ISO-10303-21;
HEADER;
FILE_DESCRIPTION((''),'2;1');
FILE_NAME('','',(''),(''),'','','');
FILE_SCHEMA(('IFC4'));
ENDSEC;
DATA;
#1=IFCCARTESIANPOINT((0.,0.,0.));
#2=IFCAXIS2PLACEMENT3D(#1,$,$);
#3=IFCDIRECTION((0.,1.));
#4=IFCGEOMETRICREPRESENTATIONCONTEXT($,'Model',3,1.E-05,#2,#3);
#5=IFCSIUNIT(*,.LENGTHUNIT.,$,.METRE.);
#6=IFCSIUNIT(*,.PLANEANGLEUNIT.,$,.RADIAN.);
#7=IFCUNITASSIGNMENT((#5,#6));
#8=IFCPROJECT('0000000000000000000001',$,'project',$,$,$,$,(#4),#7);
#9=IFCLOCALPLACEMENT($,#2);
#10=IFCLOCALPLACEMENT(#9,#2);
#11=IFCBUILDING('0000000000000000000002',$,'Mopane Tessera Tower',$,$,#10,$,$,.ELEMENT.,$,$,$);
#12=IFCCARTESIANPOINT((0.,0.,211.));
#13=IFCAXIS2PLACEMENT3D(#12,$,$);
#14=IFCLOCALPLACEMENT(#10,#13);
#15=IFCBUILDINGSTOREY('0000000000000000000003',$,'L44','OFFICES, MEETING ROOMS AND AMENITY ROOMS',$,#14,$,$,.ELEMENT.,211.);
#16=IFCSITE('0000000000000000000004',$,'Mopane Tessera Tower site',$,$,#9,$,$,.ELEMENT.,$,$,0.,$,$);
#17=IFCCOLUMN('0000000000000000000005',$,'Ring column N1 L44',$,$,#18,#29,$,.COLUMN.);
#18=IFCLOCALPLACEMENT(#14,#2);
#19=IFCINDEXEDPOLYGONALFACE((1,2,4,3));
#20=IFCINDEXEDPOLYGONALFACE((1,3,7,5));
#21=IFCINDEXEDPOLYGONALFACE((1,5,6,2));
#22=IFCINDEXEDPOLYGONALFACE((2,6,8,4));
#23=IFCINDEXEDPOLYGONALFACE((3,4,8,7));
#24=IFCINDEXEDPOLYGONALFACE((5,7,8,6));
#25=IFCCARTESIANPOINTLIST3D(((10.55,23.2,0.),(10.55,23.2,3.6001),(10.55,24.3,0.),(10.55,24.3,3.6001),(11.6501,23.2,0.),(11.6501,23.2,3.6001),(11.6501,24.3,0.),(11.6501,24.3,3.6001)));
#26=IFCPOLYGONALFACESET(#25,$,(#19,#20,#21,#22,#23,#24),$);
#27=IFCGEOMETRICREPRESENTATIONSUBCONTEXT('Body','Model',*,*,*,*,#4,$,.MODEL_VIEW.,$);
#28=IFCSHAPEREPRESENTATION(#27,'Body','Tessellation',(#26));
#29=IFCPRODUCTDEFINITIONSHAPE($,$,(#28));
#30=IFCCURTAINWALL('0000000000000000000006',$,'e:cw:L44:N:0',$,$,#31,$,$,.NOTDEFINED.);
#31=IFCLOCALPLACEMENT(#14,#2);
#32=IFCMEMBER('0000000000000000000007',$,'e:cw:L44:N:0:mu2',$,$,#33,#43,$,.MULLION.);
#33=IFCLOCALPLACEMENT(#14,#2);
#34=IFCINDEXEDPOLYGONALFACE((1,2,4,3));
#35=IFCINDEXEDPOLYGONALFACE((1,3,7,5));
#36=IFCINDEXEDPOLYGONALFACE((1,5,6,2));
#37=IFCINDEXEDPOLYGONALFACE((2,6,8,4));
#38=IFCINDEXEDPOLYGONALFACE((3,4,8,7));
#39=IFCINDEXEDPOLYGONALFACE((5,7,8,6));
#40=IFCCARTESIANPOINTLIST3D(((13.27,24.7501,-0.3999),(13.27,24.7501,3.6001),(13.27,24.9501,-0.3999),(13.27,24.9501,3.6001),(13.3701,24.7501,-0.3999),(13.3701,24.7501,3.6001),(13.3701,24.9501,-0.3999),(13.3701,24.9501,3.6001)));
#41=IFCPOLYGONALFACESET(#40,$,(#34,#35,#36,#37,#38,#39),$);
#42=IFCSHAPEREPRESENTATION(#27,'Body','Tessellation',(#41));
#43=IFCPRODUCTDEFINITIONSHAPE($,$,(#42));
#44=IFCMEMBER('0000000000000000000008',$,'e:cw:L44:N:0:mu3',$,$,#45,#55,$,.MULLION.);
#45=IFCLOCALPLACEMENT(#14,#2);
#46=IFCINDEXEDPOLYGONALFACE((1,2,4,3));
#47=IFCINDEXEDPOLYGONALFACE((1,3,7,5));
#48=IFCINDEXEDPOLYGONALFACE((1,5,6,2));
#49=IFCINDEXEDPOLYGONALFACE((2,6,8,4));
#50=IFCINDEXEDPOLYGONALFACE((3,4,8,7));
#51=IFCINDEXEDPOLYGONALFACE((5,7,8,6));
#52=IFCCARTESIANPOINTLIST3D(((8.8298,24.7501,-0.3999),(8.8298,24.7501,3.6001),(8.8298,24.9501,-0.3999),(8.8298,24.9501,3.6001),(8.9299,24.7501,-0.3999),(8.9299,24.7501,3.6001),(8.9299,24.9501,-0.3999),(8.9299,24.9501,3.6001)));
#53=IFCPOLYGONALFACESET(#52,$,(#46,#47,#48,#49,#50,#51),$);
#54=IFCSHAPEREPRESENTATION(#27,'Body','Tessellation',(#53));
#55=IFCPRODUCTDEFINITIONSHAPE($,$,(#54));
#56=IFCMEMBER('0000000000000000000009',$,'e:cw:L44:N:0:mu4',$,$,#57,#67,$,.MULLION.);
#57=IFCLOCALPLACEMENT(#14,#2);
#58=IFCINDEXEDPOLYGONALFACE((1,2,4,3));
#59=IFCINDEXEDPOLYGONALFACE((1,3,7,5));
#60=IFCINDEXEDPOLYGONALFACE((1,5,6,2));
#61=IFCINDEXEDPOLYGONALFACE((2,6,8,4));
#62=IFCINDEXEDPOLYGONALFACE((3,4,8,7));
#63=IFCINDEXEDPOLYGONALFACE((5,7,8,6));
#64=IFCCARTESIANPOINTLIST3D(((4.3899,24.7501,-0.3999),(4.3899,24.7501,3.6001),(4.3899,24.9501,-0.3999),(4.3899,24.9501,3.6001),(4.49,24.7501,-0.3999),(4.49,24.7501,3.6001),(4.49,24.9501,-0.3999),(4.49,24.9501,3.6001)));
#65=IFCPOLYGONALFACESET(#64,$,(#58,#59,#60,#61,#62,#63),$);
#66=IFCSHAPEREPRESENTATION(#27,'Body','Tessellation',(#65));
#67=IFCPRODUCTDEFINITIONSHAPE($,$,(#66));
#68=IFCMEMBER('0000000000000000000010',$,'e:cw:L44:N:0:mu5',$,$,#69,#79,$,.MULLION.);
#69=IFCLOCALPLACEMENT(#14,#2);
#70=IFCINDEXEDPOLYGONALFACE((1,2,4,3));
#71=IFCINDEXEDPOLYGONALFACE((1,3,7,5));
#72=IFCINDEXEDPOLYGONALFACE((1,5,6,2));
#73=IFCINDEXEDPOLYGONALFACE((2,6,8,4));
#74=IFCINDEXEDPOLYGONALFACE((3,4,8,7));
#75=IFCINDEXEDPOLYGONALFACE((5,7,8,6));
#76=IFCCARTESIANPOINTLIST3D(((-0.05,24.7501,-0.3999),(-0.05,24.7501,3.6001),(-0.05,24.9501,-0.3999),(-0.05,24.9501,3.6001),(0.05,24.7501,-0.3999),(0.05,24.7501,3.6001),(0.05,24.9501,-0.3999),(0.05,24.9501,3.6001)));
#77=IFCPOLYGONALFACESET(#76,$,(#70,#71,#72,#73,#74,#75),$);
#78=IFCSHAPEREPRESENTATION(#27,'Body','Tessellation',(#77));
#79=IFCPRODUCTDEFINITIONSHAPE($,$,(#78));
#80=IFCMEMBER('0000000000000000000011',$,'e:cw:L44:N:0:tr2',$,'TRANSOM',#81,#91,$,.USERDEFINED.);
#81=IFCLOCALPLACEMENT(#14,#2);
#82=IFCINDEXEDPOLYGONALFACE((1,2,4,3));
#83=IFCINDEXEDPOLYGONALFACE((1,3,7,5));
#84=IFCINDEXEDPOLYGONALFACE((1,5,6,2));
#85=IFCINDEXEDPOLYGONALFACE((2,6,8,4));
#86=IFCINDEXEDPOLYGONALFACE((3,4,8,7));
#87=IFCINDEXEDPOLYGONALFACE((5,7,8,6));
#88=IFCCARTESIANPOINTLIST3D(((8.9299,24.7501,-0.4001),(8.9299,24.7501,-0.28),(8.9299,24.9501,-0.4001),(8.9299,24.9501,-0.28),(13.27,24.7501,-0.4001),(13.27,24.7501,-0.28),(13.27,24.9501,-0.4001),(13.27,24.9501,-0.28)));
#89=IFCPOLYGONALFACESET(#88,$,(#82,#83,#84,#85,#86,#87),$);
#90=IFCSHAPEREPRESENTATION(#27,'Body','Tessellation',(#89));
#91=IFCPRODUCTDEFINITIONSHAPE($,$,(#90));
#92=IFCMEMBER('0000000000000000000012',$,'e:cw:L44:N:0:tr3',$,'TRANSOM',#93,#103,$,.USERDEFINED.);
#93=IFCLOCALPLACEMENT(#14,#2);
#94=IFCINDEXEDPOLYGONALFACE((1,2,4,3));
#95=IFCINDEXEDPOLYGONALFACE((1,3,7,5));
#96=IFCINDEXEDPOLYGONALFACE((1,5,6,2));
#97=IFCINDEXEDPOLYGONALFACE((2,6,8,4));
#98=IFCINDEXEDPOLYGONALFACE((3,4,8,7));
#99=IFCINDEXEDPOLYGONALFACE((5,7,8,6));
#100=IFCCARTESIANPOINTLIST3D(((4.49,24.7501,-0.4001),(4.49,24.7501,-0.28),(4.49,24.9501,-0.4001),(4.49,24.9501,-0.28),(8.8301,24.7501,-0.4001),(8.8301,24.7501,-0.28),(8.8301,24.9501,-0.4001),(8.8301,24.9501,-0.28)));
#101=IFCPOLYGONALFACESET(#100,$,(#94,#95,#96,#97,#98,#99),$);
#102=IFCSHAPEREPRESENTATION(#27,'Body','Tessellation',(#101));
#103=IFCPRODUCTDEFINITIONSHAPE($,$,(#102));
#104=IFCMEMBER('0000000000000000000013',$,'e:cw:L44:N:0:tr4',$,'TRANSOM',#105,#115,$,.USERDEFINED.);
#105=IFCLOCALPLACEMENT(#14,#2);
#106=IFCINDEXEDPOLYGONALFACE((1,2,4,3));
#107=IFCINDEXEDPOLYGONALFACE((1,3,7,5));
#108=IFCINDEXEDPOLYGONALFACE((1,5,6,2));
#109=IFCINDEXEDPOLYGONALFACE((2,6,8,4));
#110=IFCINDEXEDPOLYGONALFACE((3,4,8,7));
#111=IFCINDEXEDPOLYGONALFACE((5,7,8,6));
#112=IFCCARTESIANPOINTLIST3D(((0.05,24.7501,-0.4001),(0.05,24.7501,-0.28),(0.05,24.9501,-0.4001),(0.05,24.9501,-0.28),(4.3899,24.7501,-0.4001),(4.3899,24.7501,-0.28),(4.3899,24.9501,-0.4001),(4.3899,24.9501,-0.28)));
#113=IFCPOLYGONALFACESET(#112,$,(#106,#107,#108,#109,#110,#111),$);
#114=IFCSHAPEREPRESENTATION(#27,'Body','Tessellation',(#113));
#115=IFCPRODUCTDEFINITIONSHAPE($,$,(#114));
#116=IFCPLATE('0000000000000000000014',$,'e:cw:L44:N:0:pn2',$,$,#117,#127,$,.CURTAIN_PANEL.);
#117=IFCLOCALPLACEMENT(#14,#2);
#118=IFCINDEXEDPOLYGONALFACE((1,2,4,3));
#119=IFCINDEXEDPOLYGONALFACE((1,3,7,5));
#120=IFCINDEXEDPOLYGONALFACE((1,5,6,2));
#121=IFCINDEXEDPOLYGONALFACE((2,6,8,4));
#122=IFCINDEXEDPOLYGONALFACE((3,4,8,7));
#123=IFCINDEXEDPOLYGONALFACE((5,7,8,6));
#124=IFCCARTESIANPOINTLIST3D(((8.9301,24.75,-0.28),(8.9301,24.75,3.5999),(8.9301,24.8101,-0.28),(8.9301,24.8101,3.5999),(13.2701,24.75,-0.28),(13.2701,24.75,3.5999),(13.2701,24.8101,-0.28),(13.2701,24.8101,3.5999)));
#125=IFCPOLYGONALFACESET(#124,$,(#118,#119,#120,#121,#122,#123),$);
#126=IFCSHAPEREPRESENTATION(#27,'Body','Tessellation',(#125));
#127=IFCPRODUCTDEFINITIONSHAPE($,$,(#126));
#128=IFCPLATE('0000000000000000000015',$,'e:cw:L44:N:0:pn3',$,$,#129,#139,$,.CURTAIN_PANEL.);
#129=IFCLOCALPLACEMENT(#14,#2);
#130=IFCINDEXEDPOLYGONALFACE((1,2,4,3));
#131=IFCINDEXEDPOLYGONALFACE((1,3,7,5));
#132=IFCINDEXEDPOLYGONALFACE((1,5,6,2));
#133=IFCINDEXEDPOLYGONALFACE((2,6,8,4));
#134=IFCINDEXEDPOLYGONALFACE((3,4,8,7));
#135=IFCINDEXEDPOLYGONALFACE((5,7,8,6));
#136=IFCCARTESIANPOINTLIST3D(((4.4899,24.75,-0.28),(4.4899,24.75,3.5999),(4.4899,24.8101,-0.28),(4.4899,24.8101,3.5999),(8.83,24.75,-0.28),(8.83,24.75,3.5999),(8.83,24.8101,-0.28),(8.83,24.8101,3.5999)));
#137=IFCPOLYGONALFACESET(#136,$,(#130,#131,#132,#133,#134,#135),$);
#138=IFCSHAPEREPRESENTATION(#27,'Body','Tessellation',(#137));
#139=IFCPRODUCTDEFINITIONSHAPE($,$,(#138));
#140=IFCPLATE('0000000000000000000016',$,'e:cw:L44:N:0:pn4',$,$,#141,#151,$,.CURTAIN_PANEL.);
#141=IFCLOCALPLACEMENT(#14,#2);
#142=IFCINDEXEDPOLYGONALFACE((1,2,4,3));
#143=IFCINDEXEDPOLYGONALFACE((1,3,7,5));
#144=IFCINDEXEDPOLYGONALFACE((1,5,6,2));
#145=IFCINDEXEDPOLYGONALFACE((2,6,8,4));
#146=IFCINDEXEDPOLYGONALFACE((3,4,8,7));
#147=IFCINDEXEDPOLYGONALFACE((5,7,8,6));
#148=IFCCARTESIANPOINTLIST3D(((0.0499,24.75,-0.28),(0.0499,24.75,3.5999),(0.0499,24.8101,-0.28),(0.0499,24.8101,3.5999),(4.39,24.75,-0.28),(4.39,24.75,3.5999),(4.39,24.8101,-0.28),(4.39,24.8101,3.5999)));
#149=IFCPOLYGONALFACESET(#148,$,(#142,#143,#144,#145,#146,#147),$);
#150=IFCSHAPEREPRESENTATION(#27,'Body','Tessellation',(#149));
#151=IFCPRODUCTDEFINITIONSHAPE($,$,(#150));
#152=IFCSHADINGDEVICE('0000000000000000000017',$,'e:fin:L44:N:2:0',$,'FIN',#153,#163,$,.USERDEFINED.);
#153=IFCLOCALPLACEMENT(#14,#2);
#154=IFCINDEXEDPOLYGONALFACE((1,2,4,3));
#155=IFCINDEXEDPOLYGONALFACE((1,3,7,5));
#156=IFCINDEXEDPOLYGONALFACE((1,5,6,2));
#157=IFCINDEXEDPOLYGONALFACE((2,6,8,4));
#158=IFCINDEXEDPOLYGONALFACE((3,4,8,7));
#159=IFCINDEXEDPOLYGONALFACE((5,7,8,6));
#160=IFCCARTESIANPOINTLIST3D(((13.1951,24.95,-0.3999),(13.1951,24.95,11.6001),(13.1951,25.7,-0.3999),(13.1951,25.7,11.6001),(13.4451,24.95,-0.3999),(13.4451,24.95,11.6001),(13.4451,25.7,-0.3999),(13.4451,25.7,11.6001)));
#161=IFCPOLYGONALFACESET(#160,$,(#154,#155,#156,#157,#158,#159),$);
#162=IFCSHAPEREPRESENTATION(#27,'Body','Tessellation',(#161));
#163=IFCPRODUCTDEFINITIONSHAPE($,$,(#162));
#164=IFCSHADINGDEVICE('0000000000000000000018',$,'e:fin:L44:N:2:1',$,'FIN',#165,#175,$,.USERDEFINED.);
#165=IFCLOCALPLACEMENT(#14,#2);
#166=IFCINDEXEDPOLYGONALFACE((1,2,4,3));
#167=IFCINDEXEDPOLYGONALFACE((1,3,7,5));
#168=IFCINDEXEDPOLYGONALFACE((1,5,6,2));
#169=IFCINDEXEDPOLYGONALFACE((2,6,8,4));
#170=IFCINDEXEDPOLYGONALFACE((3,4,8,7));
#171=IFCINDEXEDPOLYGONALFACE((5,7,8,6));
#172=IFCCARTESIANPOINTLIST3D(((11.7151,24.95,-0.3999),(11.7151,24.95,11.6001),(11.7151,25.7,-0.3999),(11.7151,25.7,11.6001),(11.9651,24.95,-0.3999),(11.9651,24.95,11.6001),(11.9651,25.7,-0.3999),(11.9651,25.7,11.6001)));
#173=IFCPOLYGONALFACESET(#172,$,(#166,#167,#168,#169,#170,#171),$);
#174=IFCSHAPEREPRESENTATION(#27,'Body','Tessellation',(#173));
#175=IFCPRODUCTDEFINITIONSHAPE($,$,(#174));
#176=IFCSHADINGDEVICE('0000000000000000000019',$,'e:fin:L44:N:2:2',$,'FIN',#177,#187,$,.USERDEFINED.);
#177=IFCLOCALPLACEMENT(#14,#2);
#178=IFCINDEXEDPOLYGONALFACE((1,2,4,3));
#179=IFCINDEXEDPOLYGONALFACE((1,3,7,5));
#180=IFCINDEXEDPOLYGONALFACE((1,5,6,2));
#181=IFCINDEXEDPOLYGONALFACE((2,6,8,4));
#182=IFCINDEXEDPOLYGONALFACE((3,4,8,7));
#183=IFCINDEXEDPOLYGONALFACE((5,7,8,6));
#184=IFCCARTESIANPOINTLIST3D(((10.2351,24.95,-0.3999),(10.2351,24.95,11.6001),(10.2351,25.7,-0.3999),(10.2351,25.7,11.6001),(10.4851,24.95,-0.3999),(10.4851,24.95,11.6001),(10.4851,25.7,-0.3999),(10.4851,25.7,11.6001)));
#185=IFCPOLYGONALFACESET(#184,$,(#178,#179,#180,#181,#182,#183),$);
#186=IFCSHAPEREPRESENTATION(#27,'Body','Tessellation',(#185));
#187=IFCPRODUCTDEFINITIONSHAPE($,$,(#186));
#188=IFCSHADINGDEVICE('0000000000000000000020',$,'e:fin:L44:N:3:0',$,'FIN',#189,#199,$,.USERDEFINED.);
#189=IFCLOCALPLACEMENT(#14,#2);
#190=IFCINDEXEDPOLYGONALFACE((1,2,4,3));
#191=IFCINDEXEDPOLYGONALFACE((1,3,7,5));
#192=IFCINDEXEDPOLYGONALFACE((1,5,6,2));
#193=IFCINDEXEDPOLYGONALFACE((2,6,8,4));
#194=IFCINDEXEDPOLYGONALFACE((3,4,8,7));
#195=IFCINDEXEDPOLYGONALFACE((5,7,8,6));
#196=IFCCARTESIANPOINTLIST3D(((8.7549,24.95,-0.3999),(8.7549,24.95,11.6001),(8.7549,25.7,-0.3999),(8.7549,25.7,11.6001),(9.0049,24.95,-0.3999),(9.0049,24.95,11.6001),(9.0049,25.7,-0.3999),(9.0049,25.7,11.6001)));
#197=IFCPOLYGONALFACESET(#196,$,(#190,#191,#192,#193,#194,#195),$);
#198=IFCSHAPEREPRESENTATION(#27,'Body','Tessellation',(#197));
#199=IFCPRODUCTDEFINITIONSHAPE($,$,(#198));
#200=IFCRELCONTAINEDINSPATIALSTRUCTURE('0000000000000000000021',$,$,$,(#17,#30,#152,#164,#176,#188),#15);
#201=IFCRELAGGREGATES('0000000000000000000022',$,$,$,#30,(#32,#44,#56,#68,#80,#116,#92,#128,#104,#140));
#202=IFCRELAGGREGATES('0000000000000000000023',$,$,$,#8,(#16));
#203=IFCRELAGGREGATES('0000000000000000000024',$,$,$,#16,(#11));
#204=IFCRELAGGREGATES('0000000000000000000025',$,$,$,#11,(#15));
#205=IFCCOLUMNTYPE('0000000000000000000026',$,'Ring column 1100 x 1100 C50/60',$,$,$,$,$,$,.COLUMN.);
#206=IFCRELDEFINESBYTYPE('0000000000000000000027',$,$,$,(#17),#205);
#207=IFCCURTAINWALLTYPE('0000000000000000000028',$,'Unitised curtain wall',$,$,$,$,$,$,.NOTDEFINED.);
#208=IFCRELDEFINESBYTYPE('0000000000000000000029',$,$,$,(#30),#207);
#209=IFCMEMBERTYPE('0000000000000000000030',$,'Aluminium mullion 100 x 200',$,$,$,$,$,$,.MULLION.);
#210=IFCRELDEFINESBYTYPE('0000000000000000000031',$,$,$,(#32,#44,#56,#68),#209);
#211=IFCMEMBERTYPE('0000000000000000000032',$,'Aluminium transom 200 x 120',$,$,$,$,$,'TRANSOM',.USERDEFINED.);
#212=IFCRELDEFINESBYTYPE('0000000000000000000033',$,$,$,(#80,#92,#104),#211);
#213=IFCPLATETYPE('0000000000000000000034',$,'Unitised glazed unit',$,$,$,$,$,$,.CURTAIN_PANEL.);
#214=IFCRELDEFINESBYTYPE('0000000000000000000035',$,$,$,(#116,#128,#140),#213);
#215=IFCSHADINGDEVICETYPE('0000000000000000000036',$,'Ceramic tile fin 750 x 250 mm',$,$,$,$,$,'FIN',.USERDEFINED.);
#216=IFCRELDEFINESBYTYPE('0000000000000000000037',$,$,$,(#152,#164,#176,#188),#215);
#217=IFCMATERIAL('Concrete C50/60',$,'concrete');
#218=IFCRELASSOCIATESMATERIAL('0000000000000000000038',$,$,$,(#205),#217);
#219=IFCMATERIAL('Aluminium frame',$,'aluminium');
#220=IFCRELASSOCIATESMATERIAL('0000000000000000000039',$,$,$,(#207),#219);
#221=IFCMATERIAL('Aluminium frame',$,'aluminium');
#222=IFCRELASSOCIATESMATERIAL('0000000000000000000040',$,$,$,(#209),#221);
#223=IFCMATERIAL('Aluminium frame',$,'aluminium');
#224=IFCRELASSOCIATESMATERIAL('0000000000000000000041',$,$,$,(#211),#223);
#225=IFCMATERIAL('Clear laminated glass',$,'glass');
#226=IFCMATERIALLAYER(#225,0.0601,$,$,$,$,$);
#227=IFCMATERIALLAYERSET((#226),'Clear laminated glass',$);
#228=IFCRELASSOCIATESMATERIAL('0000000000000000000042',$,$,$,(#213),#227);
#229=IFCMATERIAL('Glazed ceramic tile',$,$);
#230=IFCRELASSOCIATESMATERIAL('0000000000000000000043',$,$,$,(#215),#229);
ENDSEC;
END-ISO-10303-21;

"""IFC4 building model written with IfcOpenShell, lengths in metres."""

from ifc_helpers import new_model, si_unit, direction, frame, origin, origin_2d, place, context, subcontext, project, spatial, rectangle, extrude, material, layer, layer_set, material_profile, profile_set, type_object, element, aggregate, save


model = new_model("IFC4")

# Units and contexts
model_context = context("Model", 3, precision=1e-05, world=origin(), true_north=direction((0.0, 1.0)))
body_context = subcontext(model_context, "Body", "Model", "MODEL_VIEW")
ifc_project = project(units=[si_unit("LENGTHUNIT", "METRE"), si_unit("PLANEANGLEUNIT", "RADIAN")], contexts=[model_context])

# Site, building, storey
site_placement = place(None, origin())
site = spatial("IfcSite", under=ifc_project, at=site_placement, Name="Mopane Tessera Tower site", CompositionType="ELEMENT", RefElevation=0.0)
building_placement = place(site_placement, origin())
building = spatial("IfcBuilding", under=site, at=building_placement, Name="Mopane Tessera Tower", CompositionType="ELEMENT")
storey_placement = place(building_placement, frame((0.0, 0.0, 211.0)))
storey = spatial("IfcBuildingStorey", under=building, at=storey_placement, Name="L44", Description="OFFICES, MEETING ROOMS AND AMENITY ROOMS", CompositionType="ELEMENT", Elevation=211.0)

# Column
ifc_material_1 = material(Name="Concrete C50/60", Category="concrete")
ifc_material_profile_1 = material_profile(ifc_material_1, rectangle(XDim=1.1001, YDim=1.1001, at=origin_2d()))
ifc_profile_set_1 = profile_set([ifc_material_profile_1], Name="Concrete C50/60")
column_type = type_object("IfcColumnType", Name="Ring column 1100 x 1100 C50/60", PredefinedType="COLUMN", material=ifc_profile_set_1)
column_placement = place(storey_placement, frame((11.1001, 23.75, 0.0), z_axis=(0.0, 0.0, 1.0), x_axis=(1.0, 0.0, 0.0)))
element("IfcColumn", 1, at=column_placement, inside=storey, type_object=column_type, Name="Ring column N1 L44", PredefinedType="COLUMN", context=body_context, shape_type="SweptSolid", body=[
    extrude(rectangle(XDim=1.1001, YDim=1.1001, at=origin_2d()), origin(), (0.0, 0.0, 1.0), 3.6001),
])

# Curtain wall, members, plates
ifc_material_2 = material(Name="Aluminium frame", Category="aluminium")
curtain_wall_type = type_object("IfcCurtainWallType", Name="Unitised curtain wall", PredefinedType="NOTDEFINED", material=ifc_material_2)
curtain_wall_placement = place(storey_placement, origin())
curtain_wall = element("IfcCurtainWall", 2, at=curtain_wall_placement, inside=storey, type_object=curtain_wall_type, Name="e:cw:L44:N:0", PredefinedType="NOTDEFINED")
ifc_material_3 = material(Name="Aluminium frame", Category="aluminium")
ifc_material_profile_2 = material_profile(ifc_material_3, rectangle(XDim=0.1001, YDim=0.2, at=origin_2d()))
ifc_profile_set_2 = profile_set([ifc_material_profile_2], Name="Aluminium frame")
member_type_1 = type_object("IfcMemberType", Name="Aluminium mullion 100 x 200", PredefinedType="MULLION", material=ifc_profile_set_2)
member_1_placement = place(storey_placement, frame((13.3201, 24.8501, -0.3999), z_axis=(0.0, 0.0, 1.0), x_axis=(-1.0, 0.0, 0.0)))
member_1 = element("IfcMember", 3, at=member_1_placement, type_object=member_type_1, Name="e:cw:L44:N:0:mu2", PredefinedType="MULLION", context=body_context, shape_type="SweptSolid", body=[
    extrude(rectangle(XDim=0.1001, YDim=0.2, at=origin_2d()), origin(), (0.0, 0.0, 1.0), 4.0),
])
member_2_placement = place(storey_placement, frame((8.8799, 24.8501, -0.3999), z_axis=(0.0, 0.0, 1.0), x_axis=(-1.0, 0.0, 0.0)))
member_2 = element("IfcMember", 4, at=member_2_placement, type_object=member_type_1, Name="e:cw:L44:N:0:mu3", PredefinedType="MULLION", context=body_context, shape_type="SweptSolid", body=[
    extrude(rectangle(XDim=0.1001, YDim=0.2, at=origin_2d()), origin(), (0.0, 0.0, 1.0), 4.0),
])
member_3_placement = place(storey_placement, frame((4.4399, 24.8501, -0.3999), z_axis=(0.0, 0.0, 1.0), x_axis=(-1.0, 0.0, 0.0)))
member_3 = element("IfcMember", 5, at=member_3_placement, type_object=member_type_1, Name="e:cw:L44:N:0:mu4", PredefinedType="MULLION", context=body_context, shape_type="SweptSolid", body=[
    extrude(rectangle(XDim=0.1001, YDim=0.2, at=origin_2d()), origin(), (0.0, 0.0, 1.0), 4.0),
])
member_4_placement = place(storey_placement, frame((0.0, 24.8501, -0.3999), z_axis=(0.0, 0.0, 1.0), x_axis=(-1.0, 0.0, 0.0)))
member_4 = element("IfcMember", 6, at=member_4_placement, type_object=member_type_1, Name="e:cw:L44:N:0:mu5", PredefinedType="MULLION", context=body_context, shape_type="SweptSolid", body=[
    extrude(rectangle(XDim=0.1001, YDim=0.2, at=origin_2d()), origin(), (0.0, 0.0, 1.0), 4.0),
])
ifc_material_4 = material(Name="Aluminium frame", Category="aluminium")
ifc_material_profile_3 = material_profile(ifc_material_4, rectangle(XDim=0.2, YDim=0.1201, at=origin_2d()))
ifc_profile_set_3 = profile_set([ifc_material_profile_3], Name="Aluminium frame")
member_type_2 = type_object("IfcMemberType", Name="Aluminium transom 200 x 120", ElementType="TRANSOM", PredefinedType="USERDEFINED", material=ifc_profile_set_3)
member_5_placement = place(storey_placement, frame((13.27, 24.8501, -0.3401), z_axis=(-1.0, 0.0, 0.0), x_axis=(0.0, -1.0, 0.0)))
member_5 = element("IfcMember", 7, at=member_5_placement, type_object=member_type_2, Name="e:cw:L44:N:0:tr2", ObjectType="TRANSOM", PredefinedType="USERDEFINED", context=body_context, shape_type="SweptSolid", body=[
    extrude(rectangle(XDim=0.2, YDim=0.1201, at=origin_2d()), origin(), (0.0, 0.0, 1.0), 4.3401),
])
member_6_placement = place(storey_placement, frame((8.8301, 24.8501, -0.3401), z_axis=(-1.0, 0.0, 0.0), x_axis=(0.0, -1.0, 0.0)))
member_6 = element("IfcMember", 8, at=member_6_placement, type_object=member_type_2, Name="e:cw:L44:N:0:tr3", ObjectType="TRANSOM", PredefinedType="USERDEFINED", context=body_context, shape_type="SweptSolid", body=[
    extrude(rectangle(XDim=0.2, YDim=0.1201, at=origin_2d()), origin(), (0.0, 0.0, 1.0), 4.3401),
])
member_7_placement = place(storey_placement, frame((4.3899, 24.8501, -0.3401), z_axis=(-1.0, 0.0, 0.0), x_axis=(0.0, -1.0, 0.0)))
member_7 = element("IfcMember", 9, at=member_7_placement, type_object=member_type_2, Name="e:cw:L44:N:0:tr4", ObjectType="TRANSOM", PredefinedType="USERDEFINED", context=body_context, shape_type="SweptSolid", body=[
    extrude(rectangle(XDim=0.2, YDim=0.1201, at=origin_2d()), origin(), (0.0, 0.0, 1.0), 4.3398),
])
ifc_material_5 = material(Name="Clear laminated glass", Category="glass")
ifc_layer = layer(ifc_material_5, 0.0601)
ifc_layer_set = layer_set([ifc_layer], Name="Clear laminated glass")
plate_type = type_object("IfcPlateType", Name="Unitised glazed unit", PredefinedType="CURTAIN_PANEL", material=ifc_layer_set)
plate_1_placement = place(storey_placement, frame((11.1001, 24.78, -0.28), z_axis=(0.0, 0.0, 1.0), x_axis=(-1.0, 0.0, 0.0)))
plate_1 = element("IfcPlate", 10, at=plate_1_placement, type_object=plate_type, Name="e:cw:L44:N:0:pn2", PredefinedType="CURTAIN_PANEL", context=body_context, shape_type="SweptSolid", body=[
    extrude(rectangle(XDim=4.3401, YDim=0.0601, at=origin_2d()), origin(), (0.0, 0.0, 1.0), 3.8799),
])
plate_2_placement = place(storey_placement, frame((6.6599, 24.78, -0.28), z_axis=(0.0, 0.0, 1.0), x_axis=(-1.0, 0.0, 0.0)))
plate_2 = element("IfcPlate", 11, at=plate_2_placement, type_object=plate_type, Name="e:cw:L44:N:0:pn3", PredefinedType="CURTAIN_PANEL", context=body_context, shape_type="SweptSolid", body=[
    extrude(rectangle(XDim=4.3401, YDim=0.0601, at=origin_2d()), origin(), (0.0, 0.0, 1.0), 3.8799),
])
plate_3_placement = place(storey_placement, frame((2.22, 24.78, -0.28), z_axis=(0.0, 0.0, 1.0), x_axis=(-1.0, 0.0, 0.0)))
plate_3 = element("IfcPlate", 12, at=plate_3_placement, type_object=plate_type, Name="e:cw:L44:N:0:pn4", PredefinedType="CURTAIN_PANEL", context=body_context, shape_type="SweptSolid", body=[
    extrude(rectangle(XDim=4.3401, YDim=0.0601, at=origin_2d()), origin(), (0.0, 0.0, 1.0), 3.8799),
])
aggregate(curtain_wall, [member_1, member_2, member_3, member_4, member_5, plate_1, member_6, plate_2, member_7, plate_3])

# Shading devices
ifc_material_6 = material(Name="Glazed ceramic tile")
shading_device_type = type_object("IfcShadingDeviceType", Name="Ceramic tile fin 750 x 250 mm", ElementType="FIN", PredefinedType="USERDEFINED", material=ifc_material_6)
for number, where, z_axis, x_axis, name in (
    (13, (13.3201, 25.325, -0.3999), (0.0, 0.0, 1.0), (-1.0, 0.0, 0.0), "e:fin:L44:N:2:0"),
    (14, (11.8401, 25.325, -0.3999), (0.0, 0.0, 1.0), (-1.0, 0.0, 0.0), "e:fin:L44:N:2:1"),
    (15, (10.3601, 25.325, -0.3999), (0.0, 0.0, 1.0), (-1.0, 0.0, 0.0), "e:fin:L44:N:2:2"),
    (16, (8.8799, 25.325, -0.3999), (0.0, 0.0, 1.0), (-1.0, 0.0, 0.0), "e:fin:L44:N:3:0"),
):
    element("IfcShadingDevice", number, at=place(storey_placement, frame(where, z_axis=z_axis, x_axis=x_axis)), inside=storey, type_object=shading_device_type, Name=name, ObjectType="FIN", PredefinedType="USERDEFINED", context=body_context, shape_type="SweptSolid", body=[
        extrude(rectangle(XDim=0.25, YDim=0.75, at=origin_2d()), origin(), (0.0, 0.0, 1.0), 12.0),
    ])

save(model, "model.ifc")
